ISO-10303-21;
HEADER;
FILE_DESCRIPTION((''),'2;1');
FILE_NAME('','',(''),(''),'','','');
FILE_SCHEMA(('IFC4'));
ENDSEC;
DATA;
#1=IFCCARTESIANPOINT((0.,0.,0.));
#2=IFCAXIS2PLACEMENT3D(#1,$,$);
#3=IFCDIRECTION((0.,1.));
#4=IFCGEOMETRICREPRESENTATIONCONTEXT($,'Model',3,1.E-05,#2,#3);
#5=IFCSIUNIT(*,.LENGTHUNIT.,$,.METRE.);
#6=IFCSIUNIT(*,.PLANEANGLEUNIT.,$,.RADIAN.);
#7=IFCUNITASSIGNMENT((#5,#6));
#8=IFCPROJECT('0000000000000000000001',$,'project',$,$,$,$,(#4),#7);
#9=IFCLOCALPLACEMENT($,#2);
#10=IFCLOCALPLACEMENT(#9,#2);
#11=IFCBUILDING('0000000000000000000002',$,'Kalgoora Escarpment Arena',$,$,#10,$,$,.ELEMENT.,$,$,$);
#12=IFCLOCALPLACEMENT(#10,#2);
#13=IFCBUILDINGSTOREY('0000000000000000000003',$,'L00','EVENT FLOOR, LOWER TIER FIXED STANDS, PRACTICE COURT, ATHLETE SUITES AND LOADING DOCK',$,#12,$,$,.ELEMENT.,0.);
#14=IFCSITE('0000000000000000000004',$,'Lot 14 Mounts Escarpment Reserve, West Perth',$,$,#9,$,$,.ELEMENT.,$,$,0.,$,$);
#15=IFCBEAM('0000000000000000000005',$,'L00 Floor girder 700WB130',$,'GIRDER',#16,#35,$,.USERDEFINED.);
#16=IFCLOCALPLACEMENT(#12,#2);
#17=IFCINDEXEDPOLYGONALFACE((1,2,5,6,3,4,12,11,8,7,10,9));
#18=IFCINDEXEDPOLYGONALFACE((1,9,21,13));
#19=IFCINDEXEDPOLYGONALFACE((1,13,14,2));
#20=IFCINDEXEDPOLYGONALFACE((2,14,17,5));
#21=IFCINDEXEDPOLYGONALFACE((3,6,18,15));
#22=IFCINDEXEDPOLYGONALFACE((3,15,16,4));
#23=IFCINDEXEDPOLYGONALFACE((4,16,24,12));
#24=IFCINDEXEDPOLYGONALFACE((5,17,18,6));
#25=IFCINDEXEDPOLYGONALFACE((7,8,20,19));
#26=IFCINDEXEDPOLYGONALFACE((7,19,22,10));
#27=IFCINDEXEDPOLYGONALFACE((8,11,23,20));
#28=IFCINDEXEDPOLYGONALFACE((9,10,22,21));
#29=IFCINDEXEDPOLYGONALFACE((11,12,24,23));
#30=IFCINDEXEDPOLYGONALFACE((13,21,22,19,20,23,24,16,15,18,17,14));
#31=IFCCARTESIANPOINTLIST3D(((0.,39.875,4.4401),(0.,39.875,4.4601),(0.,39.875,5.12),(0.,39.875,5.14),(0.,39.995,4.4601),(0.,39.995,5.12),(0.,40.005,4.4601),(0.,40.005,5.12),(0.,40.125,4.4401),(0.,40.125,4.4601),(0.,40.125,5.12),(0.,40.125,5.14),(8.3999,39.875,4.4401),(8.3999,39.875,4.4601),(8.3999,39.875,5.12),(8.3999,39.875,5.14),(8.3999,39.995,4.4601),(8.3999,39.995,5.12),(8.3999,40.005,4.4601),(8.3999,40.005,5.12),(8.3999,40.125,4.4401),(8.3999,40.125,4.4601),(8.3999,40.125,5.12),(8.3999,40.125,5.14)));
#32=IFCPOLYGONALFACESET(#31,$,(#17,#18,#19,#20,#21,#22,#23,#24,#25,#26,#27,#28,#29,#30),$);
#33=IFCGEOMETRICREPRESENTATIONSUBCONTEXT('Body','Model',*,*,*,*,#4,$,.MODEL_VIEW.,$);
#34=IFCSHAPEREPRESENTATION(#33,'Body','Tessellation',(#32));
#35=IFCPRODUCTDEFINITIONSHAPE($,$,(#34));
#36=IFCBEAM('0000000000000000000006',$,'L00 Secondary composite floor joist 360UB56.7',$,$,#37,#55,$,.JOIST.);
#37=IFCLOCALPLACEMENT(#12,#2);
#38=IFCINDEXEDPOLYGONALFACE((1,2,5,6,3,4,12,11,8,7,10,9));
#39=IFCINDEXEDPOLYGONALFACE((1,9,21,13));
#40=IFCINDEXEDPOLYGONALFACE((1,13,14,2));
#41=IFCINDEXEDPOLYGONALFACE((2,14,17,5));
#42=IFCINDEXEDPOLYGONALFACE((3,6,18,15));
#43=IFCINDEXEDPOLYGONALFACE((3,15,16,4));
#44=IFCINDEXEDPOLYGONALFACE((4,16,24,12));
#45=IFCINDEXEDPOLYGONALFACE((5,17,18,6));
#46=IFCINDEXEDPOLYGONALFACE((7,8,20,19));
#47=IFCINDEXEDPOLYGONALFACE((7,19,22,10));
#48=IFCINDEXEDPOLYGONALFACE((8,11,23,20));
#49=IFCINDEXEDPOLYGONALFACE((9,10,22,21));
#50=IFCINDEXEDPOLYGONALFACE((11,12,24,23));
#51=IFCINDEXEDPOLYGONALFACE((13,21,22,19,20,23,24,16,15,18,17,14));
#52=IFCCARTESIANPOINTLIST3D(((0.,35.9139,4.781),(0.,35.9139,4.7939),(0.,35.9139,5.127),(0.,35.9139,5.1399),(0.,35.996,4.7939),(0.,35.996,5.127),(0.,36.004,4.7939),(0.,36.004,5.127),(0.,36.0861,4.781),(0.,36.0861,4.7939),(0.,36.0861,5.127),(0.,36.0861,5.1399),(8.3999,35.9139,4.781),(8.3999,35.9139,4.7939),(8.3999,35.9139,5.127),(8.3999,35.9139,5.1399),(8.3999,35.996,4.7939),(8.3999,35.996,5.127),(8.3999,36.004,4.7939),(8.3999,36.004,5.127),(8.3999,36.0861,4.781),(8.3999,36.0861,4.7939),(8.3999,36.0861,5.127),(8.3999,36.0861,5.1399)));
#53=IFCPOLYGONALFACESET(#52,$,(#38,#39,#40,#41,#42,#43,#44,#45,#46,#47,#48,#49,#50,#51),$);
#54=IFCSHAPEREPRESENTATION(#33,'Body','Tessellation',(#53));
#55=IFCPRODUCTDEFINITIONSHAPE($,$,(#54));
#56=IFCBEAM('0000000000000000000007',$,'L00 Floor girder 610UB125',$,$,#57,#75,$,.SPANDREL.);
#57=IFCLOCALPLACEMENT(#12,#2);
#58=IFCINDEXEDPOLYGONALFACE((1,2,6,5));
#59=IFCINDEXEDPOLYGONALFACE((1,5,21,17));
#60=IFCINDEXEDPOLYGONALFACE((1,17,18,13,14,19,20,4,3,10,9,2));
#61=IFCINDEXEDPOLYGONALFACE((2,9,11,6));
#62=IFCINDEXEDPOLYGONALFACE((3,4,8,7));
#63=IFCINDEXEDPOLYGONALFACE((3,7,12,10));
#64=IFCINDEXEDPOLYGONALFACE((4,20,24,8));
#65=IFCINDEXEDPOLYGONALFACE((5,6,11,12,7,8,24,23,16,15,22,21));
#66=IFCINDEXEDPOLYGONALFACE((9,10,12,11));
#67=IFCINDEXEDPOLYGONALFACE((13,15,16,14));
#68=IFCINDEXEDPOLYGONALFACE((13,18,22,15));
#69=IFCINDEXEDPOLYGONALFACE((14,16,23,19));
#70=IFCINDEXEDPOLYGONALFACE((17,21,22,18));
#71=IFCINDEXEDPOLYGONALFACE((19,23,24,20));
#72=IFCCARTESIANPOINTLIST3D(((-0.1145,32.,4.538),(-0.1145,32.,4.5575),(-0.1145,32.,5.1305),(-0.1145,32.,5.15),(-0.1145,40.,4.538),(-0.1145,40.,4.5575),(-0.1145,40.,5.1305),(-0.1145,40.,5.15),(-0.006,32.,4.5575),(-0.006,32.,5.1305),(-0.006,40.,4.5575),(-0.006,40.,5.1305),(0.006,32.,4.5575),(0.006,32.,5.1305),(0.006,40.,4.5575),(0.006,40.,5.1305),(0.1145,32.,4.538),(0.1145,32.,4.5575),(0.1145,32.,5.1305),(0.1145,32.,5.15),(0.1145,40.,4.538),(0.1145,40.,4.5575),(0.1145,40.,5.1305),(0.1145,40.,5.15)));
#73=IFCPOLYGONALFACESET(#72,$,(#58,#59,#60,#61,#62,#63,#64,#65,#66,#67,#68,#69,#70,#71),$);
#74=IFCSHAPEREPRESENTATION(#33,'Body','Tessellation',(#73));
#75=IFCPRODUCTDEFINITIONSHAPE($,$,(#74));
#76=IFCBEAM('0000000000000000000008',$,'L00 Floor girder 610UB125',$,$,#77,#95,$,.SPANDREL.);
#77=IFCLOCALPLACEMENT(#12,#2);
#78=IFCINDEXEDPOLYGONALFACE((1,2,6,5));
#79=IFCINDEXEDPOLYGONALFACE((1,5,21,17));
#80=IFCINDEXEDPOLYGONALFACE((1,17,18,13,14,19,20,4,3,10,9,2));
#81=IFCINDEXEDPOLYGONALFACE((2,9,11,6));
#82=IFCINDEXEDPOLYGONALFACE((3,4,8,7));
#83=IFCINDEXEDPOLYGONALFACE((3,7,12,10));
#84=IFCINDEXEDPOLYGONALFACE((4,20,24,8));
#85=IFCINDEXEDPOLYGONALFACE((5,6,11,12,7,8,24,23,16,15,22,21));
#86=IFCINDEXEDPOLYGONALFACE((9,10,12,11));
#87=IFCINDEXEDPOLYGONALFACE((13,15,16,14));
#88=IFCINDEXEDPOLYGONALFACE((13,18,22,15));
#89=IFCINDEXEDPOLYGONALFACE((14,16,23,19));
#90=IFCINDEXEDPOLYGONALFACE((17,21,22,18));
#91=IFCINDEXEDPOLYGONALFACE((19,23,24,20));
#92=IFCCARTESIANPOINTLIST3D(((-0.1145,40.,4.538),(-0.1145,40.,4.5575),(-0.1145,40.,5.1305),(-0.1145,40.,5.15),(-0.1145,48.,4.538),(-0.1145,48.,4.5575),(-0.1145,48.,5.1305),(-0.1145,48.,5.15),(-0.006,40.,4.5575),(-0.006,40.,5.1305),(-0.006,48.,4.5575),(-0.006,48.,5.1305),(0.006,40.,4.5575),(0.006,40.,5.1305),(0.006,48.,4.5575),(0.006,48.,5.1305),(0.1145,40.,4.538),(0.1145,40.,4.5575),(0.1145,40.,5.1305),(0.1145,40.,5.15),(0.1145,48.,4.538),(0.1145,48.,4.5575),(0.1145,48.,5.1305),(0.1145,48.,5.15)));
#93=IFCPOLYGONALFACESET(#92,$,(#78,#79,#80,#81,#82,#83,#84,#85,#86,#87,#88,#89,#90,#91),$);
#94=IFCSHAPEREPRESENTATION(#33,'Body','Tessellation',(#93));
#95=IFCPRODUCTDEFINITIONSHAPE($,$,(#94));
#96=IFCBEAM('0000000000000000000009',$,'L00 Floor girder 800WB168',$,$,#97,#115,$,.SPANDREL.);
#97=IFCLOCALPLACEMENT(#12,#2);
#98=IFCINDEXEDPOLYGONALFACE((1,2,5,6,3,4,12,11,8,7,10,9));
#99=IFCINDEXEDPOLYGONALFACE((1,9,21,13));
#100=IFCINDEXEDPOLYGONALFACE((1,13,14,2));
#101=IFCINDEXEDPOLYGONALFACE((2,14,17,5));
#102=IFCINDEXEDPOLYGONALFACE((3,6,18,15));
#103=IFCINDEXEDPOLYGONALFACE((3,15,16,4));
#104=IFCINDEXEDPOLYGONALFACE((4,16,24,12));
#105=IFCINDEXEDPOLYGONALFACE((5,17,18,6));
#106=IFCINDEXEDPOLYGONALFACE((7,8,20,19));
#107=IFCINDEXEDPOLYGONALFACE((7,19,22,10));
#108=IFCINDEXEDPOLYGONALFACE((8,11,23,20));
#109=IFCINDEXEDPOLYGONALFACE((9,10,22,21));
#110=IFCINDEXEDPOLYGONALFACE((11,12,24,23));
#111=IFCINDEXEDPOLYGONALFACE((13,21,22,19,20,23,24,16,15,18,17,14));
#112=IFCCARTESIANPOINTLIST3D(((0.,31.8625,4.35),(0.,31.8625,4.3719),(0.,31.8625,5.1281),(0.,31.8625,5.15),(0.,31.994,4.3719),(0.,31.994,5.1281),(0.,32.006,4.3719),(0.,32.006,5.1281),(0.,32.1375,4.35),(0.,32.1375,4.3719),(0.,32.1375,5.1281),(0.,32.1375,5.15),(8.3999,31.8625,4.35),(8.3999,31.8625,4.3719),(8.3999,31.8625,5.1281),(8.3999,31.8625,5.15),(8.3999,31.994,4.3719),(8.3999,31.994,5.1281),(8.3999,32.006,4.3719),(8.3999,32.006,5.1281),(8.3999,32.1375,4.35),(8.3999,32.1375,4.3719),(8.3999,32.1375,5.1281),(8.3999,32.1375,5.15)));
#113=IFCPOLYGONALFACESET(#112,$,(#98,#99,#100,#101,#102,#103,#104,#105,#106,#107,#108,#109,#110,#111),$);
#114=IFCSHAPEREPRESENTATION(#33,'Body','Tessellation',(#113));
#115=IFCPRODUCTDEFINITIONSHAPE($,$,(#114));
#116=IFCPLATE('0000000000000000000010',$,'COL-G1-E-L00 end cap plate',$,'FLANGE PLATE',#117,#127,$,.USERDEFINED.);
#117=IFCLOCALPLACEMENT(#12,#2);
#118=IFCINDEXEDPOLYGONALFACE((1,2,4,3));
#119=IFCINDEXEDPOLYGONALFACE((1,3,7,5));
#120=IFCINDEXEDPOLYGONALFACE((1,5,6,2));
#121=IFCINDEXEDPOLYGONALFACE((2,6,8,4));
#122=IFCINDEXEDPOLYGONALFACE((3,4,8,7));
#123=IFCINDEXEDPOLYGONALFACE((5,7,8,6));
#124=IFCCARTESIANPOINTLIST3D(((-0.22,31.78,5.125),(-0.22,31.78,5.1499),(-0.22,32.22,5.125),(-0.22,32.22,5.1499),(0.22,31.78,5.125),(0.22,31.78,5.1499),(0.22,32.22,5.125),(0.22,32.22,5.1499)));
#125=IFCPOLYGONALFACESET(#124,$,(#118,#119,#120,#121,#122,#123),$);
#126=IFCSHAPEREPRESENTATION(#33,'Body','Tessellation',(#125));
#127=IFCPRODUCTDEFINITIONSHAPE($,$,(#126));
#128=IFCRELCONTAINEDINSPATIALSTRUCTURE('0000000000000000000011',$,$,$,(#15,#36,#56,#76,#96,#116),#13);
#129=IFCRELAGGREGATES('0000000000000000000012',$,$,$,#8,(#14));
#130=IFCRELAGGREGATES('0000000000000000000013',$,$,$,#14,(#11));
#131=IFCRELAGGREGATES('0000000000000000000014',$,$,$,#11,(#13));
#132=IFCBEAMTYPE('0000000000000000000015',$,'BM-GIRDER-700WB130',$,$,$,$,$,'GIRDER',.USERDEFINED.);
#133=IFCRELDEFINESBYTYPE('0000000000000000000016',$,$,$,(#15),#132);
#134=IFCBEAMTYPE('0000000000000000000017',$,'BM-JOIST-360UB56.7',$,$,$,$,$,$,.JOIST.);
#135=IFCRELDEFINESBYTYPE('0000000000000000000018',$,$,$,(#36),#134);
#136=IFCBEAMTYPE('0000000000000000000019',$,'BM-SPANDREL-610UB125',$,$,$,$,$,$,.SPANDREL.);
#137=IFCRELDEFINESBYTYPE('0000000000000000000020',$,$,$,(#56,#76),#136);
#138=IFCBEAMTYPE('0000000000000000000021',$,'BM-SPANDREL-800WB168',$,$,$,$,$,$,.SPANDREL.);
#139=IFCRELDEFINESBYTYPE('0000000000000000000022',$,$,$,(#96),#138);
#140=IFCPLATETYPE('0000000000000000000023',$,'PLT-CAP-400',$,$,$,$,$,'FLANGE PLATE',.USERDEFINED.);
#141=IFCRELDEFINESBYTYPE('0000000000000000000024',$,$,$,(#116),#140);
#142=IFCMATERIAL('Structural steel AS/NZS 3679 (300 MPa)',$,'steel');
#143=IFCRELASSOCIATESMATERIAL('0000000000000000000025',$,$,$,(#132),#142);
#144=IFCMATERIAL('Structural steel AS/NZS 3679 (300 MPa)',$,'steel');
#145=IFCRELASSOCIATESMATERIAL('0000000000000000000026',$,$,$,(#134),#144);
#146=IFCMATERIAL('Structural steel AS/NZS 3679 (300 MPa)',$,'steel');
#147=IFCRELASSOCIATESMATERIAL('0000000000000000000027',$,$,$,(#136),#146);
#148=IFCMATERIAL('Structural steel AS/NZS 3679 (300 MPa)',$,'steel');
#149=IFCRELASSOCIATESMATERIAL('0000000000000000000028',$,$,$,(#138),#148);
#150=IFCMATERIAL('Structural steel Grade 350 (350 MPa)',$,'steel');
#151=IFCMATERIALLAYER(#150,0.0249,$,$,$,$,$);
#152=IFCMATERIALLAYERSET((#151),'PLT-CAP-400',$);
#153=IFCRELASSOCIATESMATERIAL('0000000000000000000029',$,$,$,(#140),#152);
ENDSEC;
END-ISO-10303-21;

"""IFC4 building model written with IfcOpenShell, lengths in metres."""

from ifc_helpers import new_model, si_unit, direction, frame, origin, origin_2d, place, context, subcontext, project, spatial, rectangle, i_section, extrude, material, layer, layer_set, material_profile, profile_set, type_object, element, save


model = new_model("IFC4")

# Units and contexts
model_context = context("Model", 3, precision=1e-05, world=origin(), true_north=direction((0.0, 1.0)))
body_context = subcontext(model_context, "Body", "Model", "MODEL_VIEW")
ifc_project = project(units=[si_unit("LENGTHUNIT", "METRE"), si_unit("PLANEANGLEUNIT", "RADIAN")], contexts=[model_context])

# Site, building, storey
site_placement = place(None, origin())
site = spatial("IfcSite", under=ifc_project, at=site_placement, Name="Lot 14 Mounts Escarpment Reserve, West Perth", CompositionType="ELEMENT", RefElevation=0.0)
building_placement = place(site_placement, origin())
building = spatial("IfcBuilding", under=site, at=building_placement, Name="Kalgoora Escarpment Arena", CompositionType="ELEMENT")
storey_placement = place(building_placement, origin())
storey = spatial("IfcBuildingStorey", under=building, at=storey_placement, Name="L00", Description="EVENT FLOOR, LOWER TIER FIXED STANDS, PRACTICE COURT, ATHLETE SUITES AND LOADING DOCK", CompositionType="ELEMENT", Elevation=0.0)

# Beams
ifc_material_1 = material(Name="Structural steel AS/NZS 3679 (300 MPa)", Category="steel")
ifc_material_profile_1 = material_profile(ifc_material_1, i_section(OverallWidth=0.25, OverallDepth=0.7, WebThickness=0.01, FlangeThickness=0.02, at=origin_2d()))
ifc_profile_set_1 = profile_set([ifc_material_profile_1], Name="Structural steel AS/NZS 3679 (300 MPa)")
beam_type_1 = type_object("IfcBeamType", Name="BM-GIRDER-700WB130", ElementType="GIRDER", PredefinedType="USERDEFINED", material=ifc_profile_set_1)
beam_1_placement = place(storey_placement, frame((0.0, 40.0, 4.79), z_axis=(1.0, 0.0, 0.0), x_axis=(0.0, 1.0, 0.0)))
element("IfcBeam", 1, at=beam_1_placement, inside=storey, type_object=beam_type_1, Name="L00 Floor girder 700WB130", ObjectType="GIRDER", PredefinedType="USERDEFINED", context=body_context, shape_type="SweptSolid", body=[
    extrude(i_section(OverallWidth=0.25, OverallDepth=0.7, WebThickness=0.01, FlangeThickness=0.02, at=origin_2d()), origin(), (0.0, 0.0, 1.0), 8.3999),
])
ifc_material_2 = material(Name="Structural steel AS/NZS 3679 (300 MPa)", Category="steel")
ifc_material_profile_2 = material_profile(ifc_material_2, i_section(OverallWidth=0.1721, OverallDepth=0.3589, WebThickness=0.0081, FlangeThickness=0.0129, at=origin_2d()))
ifc_profile_set_2 = profile_set([ifc_material_profile_2], Name="Structural steel AS/NZS 3679 (300 MPa)")
beam_type_2 = type_object("IfcBeamType", Name="BM-JOIST-360UB56.7", PredefinedType="JOIST", material=ifc_profile_set_2)
beam_2_placement = place(storey_placement, frame((0.0, 36.0, 4.9604), z_axis=(1.0, 0.0, 0.0), x_axis=(0.0, 1.0, 0.0)))
element("IfcBeam", 2, at=beam_2_placement, inside=storey, type_object=beam_type_2, Name="L00 Secondary composite floor joist 360UB56.7", PredefinedType="JOIST", context=body_context, shape_type="SweptSolid", body=[
    extrude(i_section(OverallWidth=0.1721, OverallDepth=0.3589, WebThickness=0.0081, FlangeThickness=0.0129, at=origin_2d()), origin(), (0.0, 0.0, 1.0), 8.3999),
])
ifc_material_3 = material(Name="Structural steel AS/NZS 3679 (300 MPa)", Category="steel")
ifc_material_profile_3 = material_profile(ifc_material_3, i_section(OverallWidth=0.229, OverallDepth=0.6121, WebThickness=0.012, FlangeThickness=0.0195, at=origin_2d()))
ifc_profile_set_3 = profile_set([ifc_material_profile_3], Name="Structural steel AS/NZS 3679 (300 MPa)")
beam_type_3 = type_object("IfcBeamType", Name="BM-SPANDREL-610UB125", PredefinedType="SPANDREL", material=ifc_profile_set_3)
for number, where, z_axis, x_axis, name in (
    (3, (0.0, 32.0, 4.844), (0.0, 1.0, 0.0), (-1.0, 0.0, 0.0), "L00 Floor girder 610UB125"),
    (4, (0.0, 40.0, 4.844), (0.0, 1.0, 0.0), (-1.0, 0.0, 0.0), "L00 Floor girder 610UB125"),
):
    element("IfcBeam", number, at=place(storey_placement, frame(where, z_axis=z_axis, x_axis=x_axis)), inside=storey, type_object=beam_type_3, Name=name, PredefinedType="SPANDREL", context=body_context, shape_type="SweptSolid", body=[
        extrude(i_section(OverallWidth=0.229, OverallDepth=0.6121, WebThickness=0.012, FlangeThickness=0.0195, at=origin_2d()), origin(), (0.0, 0.0, 1.0), 8.0),
    ])
ifc_material_4 = material(Name="Structural steel AS/NZS 3679 (300 MPa)", Category="steel")
ifc_material_profile_4 = material_profile(ifc_material_4, i_section(OverallWidth=0.2749, OverallDepth=0.8, WebThickness=0.012, FlangeThickness=0.022, at=origin_2d()))
ifc_profile_set_4 = profile_set([ifc_material_profile_4], Name="Structural steel AS/NZS 3679 (300 MPa)")
beam_type_4 = type_object("IfcBeamType", Name="BM-SPANDREL-800WB168", PredefinedType="SPANDREL", material=ifc_profile_set_4)
beam_3_placement = place(storey_placement, frame((0.0, 32.0, 4.75), z_axis=(1.0, 0.0, 0.0), x_axis=(0.0, 1.0, 0.0)))
element("IfcBeam", 5, at=beam_3_placement, inside=storey, type_object=beam_type_4, Name="L00 Floor girder 800WB168", PredefinedType="SPANDREL", context=body_context, shape_type="SweptSolid", body=[
    extrude(i_section(OverallWidth=0.2749, OverallDepth=0.8, WebThickness=0.012, FlangeThickness=0.022, at=origin_2d()), origin(), (0.0, 0.0, 1.0), 8.3999),
])

# Plate
ifc_material_5 = material(Name="Structural steel Grade 350 (350 MPa)", Category="steel")
ifc_layer_1 = layer(ifc_material_5, 0.0249)
ifc_layer_set_1 = layer_set([ifc_layer_1], Name="PLT-CAP-400")
plate_type = type_object("IfcPlateType", Name="PLT-CAP-400", ElementType="FLANGE PLATE", PredefinedType="USERDEFINED", material=ifc_layer_set_1)
plate_placement = place(storey_placement, frame((0.0, 32.0, 5.125), z_axis=(0.0, 0.0, 1.0), x_axis=(1.0, 0.0, 0.0)))
element("IfcPlate", 6, at=plate_placement, inside=storey, type_object=plate_type, Name="COL-G1-E-L00 end cap plate", ObjectType="FLANGE PLATE", PredefinedType="USERDEFINED", context=body_context, shape_type="SweptSolid", body=[
    extrude(rectangle(XDim=0.4399, YDim=0.4399, at=origin_2d()), origin(), (0.0, 0.0, 1.0), 0.0249),
])

save(model, "model.ifc")
